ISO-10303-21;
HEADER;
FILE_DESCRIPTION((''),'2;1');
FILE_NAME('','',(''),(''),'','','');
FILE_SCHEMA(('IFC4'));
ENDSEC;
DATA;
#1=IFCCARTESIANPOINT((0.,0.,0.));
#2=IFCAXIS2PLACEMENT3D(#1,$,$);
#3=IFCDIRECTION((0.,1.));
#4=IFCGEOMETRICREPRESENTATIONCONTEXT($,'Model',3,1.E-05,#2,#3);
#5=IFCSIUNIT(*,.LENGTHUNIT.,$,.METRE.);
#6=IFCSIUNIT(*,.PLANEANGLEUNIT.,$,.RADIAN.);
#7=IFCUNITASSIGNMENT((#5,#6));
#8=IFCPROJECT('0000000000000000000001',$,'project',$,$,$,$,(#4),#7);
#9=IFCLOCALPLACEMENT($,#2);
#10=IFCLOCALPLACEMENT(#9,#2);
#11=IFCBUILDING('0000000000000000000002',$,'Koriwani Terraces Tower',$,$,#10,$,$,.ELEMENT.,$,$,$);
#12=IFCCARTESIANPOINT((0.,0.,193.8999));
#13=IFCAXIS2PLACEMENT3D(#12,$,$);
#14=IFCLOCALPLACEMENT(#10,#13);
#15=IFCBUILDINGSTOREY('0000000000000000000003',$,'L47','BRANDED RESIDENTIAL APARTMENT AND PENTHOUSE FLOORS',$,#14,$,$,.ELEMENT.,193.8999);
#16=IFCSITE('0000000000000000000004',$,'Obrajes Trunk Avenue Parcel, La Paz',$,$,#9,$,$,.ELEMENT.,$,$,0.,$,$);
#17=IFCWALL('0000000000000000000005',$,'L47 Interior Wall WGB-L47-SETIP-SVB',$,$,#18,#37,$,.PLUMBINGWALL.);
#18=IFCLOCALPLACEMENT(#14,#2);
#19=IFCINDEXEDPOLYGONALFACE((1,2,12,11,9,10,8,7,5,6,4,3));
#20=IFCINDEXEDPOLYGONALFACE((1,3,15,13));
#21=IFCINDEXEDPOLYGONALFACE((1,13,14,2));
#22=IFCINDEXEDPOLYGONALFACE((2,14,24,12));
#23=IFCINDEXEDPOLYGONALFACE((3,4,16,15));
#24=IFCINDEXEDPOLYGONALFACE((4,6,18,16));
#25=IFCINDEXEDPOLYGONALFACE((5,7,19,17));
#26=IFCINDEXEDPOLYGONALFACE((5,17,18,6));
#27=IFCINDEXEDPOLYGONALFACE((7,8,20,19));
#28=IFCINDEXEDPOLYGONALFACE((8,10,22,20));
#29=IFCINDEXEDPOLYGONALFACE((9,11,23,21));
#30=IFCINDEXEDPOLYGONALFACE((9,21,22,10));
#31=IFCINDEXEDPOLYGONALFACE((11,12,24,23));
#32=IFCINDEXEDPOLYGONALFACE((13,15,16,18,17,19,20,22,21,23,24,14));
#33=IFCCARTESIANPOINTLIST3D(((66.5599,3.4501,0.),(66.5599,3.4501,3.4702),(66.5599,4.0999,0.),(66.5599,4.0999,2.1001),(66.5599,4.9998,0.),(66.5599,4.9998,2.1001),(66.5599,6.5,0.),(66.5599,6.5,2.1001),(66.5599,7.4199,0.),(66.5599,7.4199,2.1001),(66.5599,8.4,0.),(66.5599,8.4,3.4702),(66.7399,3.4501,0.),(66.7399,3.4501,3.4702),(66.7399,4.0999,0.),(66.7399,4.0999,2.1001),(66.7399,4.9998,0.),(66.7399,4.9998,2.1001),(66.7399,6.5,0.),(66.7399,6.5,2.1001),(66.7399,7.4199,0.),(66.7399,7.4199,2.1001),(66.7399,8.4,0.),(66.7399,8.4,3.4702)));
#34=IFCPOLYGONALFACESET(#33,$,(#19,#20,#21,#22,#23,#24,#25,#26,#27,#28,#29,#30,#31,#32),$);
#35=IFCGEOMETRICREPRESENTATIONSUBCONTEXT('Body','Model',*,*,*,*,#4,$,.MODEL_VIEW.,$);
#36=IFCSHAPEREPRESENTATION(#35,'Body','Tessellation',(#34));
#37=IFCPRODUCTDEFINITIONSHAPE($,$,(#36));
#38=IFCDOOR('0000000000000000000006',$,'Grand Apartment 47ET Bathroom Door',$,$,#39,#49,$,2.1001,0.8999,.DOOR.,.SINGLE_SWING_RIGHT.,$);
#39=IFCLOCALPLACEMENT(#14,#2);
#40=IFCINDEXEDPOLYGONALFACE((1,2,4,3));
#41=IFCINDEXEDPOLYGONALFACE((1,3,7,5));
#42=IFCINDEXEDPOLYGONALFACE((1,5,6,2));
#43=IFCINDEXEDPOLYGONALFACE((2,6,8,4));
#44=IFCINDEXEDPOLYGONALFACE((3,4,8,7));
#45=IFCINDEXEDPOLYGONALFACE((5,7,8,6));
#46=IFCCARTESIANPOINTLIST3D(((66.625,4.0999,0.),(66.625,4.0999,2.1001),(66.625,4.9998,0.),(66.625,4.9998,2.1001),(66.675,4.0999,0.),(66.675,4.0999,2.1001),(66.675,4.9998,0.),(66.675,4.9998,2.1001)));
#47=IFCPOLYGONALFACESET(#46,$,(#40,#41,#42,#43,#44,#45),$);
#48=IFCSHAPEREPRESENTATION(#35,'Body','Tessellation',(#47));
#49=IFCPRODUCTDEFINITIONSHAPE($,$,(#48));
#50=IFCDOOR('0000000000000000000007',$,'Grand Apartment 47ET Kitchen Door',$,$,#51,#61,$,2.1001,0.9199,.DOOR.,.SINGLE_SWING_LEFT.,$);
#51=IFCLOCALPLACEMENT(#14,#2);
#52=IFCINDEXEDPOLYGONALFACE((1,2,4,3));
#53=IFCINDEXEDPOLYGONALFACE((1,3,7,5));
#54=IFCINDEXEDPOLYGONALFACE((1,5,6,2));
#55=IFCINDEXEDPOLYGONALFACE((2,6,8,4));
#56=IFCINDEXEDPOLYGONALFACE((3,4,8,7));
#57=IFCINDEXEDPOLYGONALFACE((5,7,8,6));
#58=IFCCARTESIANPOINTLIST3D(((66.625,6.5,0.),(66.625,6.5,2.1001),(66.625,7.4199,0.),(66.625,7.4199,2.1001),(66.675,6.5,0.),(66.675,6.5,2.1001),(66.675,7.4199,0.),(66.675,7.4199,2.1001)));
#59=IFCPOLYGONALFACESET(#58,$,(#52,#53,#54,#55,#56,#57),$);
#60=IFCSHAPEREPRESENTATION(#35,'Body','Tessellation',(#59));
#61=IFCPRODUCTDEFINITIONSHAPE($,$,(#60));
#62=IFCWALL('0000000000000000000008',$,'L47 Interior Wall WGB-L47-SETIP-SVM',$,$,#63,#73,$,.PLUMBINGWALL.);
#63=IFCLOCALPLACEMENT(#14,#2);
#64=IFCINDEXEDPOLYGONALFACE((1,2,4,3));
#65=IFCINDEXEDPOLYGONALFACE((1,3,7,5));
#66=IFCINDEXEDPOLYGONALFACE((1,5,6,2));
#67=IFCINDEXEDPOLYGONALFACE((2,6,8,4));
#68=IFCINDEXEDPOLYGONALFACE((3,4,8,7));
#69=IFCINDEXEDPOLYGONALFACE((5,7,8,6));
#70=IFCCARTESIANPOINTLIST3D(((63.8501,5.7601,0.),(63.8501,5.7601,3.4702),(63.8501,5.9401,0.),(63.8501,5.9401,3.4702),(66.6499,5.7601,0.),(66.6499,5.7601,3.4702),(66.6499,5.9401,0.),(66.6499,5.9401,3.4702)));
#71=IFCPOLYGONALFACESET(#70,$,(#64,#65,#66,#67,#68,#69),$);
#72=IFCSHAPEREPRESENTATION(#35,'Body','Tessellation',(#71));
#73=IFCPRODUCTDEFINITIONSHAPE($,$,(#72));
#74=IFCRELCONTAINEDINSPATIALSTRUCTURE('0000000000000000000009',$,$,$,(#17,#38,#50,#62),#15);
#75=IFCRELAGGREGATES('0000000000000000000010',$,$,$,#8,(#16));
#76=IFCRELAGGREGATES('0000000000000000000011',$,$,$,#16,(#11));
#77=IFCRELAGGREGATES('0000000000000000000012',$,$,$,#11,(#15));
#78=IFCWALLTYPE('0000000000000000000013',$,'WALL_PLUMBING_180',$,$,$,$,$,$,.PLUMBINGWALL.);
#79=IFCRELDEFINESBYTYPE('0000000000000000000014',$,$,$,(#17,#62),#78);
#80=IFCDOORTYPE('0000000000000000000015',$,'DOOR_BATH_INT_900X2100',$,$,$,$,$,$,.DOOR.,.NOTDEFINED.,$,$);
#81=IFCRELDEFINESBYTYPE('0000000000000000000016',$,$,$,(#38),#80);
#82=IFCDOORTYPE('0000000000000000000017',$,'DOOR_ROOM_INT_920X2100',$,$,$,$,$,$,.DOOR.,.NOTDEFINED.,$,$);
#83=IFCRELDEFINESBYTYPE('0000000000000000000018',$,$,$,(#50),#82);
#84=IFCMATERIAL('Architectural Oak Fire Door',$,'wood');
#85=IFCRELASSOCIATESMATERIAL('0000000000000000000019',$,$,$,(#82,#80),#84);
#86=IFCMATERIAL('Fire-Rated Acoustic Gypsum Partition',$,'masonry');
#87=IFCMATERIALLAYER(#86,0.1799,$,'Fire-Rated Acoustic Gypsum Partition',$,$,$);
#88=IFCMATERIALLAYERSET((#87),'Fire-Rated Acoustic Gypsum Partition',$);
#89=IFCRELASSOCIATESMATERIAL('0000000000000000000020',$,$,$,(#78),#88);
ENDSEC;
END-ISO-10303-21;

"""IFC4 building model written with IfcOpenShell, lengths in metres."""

from ifc_helpers import new_model, si_unit, direction, frame, frame_2d, origin, place, context, subcontext, project, spatial, rectangle, extrude, material, layer, layer_set, type_object, element, fill, save


model = new_model("IFC4")

# Units and contexts
model_context = context("Model", 3, precision=1e-05, world=origin(), true_north=direction((0.0, 1.0)))
body_context = subcontext(model_context, "Body", "Model", "MODEL_VIEW")
ifc_project = project(units=[si_unit("LENGTHUNIT", "METRE"), si_unit("PLANEANGLEUNIT", "RADIAN")], contexts=[model_context])

# Site, building, storey
site_placement = place(None, origin())
site = spatial("IfcSite", under=ifc_project, at=site_placement, Name="Obrajes Trunk Avenue Parcel, La Paz", CompositionType="ELEMENT", RefElevation=0.0)
building_placement = place(site_placement, origin())
building = spatial("IfcBuilding", under=site, at=building_placement, Name="Koriwani Terraces Tower", CompositionType="ELEMENT")
storey_placement = place(building_placement, frame((0.0, 0.0, 193.8999)))
storey = spatial("IfcBuildingStorey", under=building, at=storey_placement, Name="L47", Description="BRANDED RESIDENTIAL APARTMENT AND PENTHOUSE FLOORS", CompositionType="ELEMENT", Elevation=193.8999)

# Shared definitions
ifc_material_1 = material(Name="Architectural Oak Fire Door", Category="wood")

# Shared definitions
ifc_material_2 = material(Name="Fire-Rated Acoustic Gypsum Partition", Category="masonry")
door_type_1 = type_object("IfcDoorType", Name="DOOR_ROOM_INT_920X2100", OperationType="NOTDEFINED", PredefinedType="DOOR", material=ifc_material_1)

# Wall, openings, doors
ifc_layer_1 = layer(ifc_material_2, 0.1799, Name="Fire-Rated Acoustic Gypsum Partition")
ifc_layer_set_1 = layer_set([ifc_layer_1], Name="Fire-Rated Acoustic Gypsum Partition")
wall_type_1 = type_object("IfcWallType", Name="WALL_PLUMBING_180", PredefinedType="PLUMBINGWALL", material=ifc_layer_set_1)
wall_1_placement = place(storey_placement, frame((66.6499, 3.45, 0.0), z_axis=(0.0, 0.0, 1.0), x_axis=(0.0, 1.0, 0.0)))
wall_1 = element("IfcWall", 1, at=wall_1_placement, inside=storey, type_object=wall_type_1, Name="L47 Interior Wall WGB-L47-SETIP-SVB", PredefinedType="PLUMBINGWALL", context=body_context, shape_type="SweptSolid", body=[
    extrude(rectangle(XDim=4.95, YDim=0.1799, at=frame_2d((2.4751, 0.0))), origin(), (0.0, 0.0, 1.0), 3.4702),
])
opening_1_placement = place(wall_1_placement, frame((0.6499, 0.0, 0.0)))
opening_1 = element("IfcOpeningElement", 2, at=opening_1_placement, cuts=wall_1, PredefinedType="OPENING", context=body_context, shape_type="SweptSolid", body=[
    extrude(rectangle(XDim=0.8999, YDim=2.1001, at=frame_2d((0.45, 1.05))), frame((0.0, 0.1001, 0.0), z_axis=(0.0, -1.0, 0.0), x_axis=(1.0, 0.0, 0.0)), (0.0, 0.0, 1.0), 0.2),
])
opening_2_placement = place(wall_1_placement, frame((3.05, 0.0, 0.0)))
opening_2 = element("IfcOpeningElement", 3, at=opening_2_placement, cuts=wall_1, PredefinedType="OPENING", context=body_context, shape_type="SweptSolid", body=[
    extrude(rectangle(XDim=0.9199, YDim=2.1001, at=frame_2d((0.46, 1.05))), frame((0.0, 0.1001, 0.0), z_axis=(0.0, -1.0, 0.0), x_axis=(1.0, 0.0, 0.0)), (0.0, 0.0, 1.0), 0.2),
])
door_type_2 = type_object("IfcDoorType", Name="DOOR_BATH_INT_900X2100", OperationType="NOTDEFINED", PredefinedType="DOOR", material=ifc_material_1)
door_1_placement = place(opening_1_placement, origin())
door_1 = element("IfcDoor", 4, at=door_1_placement, inside=storey, type_object=door_type_2, Name="Grand Apartment 47ET Bathroom Door", OperationType="SINGLE_SWING_RIGHT", OverallHeight=2.1001, OverallWidth=0.8999, PredefinedType="DOOR", context=body_context, shape_type="SweptSolid", body=[
    extrude(rectangle(XDim=0.8999, YDim=2.1001, at=frame_2d((0.45, 1.05))), frame((0.0, 0.0249, 0.0), z_axis=(0.0, -1.0, 0.0), x_axis=(1.0, 0.0, 0.0)), (0.0, 0.0, 1.0), 0.05),
])
fill(opening_1, door_1)
door_2_placement = place(opening_2_placement, origin())
door_2 = element("IfcDoor", 5, at=door_2_placement, inside=storey, type_object=door_type_1, Name="Grand Apartment 47ET Kitchen Door", OperationType="SINGLE_SWING_LEFT", OverallHeight=2.1001, OverallWidth=0.9199, PredefinedType="DOOR", context=body_context, shape_type="SweptSolid", body=[
    extrude(rectangle(XDim=0.9199, YDim=2.1001, at=frame_2d((0.46, 1.05))), frame((0.0, 0.0249, 0.0), z_axis=(0.0, -1.0, 0.0), x_axis=(1.0, 0.0, 0.0)), (0.0, 0.0, 1.0), 0.05),
])
fill(opening_2, door_2)

# Wall
wall_2_placement = place(storey_placement, frame((63.8501, 5.8501, 0.0), z_axis=(0.0, 0.0, 1.0), x_axis=(1.0, 0.0, 0.0)))
element("IfcWall", 6, at=wall_2_placement, inside=storey, type_object=wall_type_1, Name="L47 Interior Wall WGB-L47-SETIP-SVM", PredefinedType="PLUMBINGWALL", context=body_context, shape_type="SweptSolid", body=[
    extrude(rectangle(XDim=2.7998, YDim=0.1799, at=frame_2d((1.3999, 0.0))), origin(), (0.0, 0.0, 1.0), 3.4702),
])

save(model, "model.ifc")
